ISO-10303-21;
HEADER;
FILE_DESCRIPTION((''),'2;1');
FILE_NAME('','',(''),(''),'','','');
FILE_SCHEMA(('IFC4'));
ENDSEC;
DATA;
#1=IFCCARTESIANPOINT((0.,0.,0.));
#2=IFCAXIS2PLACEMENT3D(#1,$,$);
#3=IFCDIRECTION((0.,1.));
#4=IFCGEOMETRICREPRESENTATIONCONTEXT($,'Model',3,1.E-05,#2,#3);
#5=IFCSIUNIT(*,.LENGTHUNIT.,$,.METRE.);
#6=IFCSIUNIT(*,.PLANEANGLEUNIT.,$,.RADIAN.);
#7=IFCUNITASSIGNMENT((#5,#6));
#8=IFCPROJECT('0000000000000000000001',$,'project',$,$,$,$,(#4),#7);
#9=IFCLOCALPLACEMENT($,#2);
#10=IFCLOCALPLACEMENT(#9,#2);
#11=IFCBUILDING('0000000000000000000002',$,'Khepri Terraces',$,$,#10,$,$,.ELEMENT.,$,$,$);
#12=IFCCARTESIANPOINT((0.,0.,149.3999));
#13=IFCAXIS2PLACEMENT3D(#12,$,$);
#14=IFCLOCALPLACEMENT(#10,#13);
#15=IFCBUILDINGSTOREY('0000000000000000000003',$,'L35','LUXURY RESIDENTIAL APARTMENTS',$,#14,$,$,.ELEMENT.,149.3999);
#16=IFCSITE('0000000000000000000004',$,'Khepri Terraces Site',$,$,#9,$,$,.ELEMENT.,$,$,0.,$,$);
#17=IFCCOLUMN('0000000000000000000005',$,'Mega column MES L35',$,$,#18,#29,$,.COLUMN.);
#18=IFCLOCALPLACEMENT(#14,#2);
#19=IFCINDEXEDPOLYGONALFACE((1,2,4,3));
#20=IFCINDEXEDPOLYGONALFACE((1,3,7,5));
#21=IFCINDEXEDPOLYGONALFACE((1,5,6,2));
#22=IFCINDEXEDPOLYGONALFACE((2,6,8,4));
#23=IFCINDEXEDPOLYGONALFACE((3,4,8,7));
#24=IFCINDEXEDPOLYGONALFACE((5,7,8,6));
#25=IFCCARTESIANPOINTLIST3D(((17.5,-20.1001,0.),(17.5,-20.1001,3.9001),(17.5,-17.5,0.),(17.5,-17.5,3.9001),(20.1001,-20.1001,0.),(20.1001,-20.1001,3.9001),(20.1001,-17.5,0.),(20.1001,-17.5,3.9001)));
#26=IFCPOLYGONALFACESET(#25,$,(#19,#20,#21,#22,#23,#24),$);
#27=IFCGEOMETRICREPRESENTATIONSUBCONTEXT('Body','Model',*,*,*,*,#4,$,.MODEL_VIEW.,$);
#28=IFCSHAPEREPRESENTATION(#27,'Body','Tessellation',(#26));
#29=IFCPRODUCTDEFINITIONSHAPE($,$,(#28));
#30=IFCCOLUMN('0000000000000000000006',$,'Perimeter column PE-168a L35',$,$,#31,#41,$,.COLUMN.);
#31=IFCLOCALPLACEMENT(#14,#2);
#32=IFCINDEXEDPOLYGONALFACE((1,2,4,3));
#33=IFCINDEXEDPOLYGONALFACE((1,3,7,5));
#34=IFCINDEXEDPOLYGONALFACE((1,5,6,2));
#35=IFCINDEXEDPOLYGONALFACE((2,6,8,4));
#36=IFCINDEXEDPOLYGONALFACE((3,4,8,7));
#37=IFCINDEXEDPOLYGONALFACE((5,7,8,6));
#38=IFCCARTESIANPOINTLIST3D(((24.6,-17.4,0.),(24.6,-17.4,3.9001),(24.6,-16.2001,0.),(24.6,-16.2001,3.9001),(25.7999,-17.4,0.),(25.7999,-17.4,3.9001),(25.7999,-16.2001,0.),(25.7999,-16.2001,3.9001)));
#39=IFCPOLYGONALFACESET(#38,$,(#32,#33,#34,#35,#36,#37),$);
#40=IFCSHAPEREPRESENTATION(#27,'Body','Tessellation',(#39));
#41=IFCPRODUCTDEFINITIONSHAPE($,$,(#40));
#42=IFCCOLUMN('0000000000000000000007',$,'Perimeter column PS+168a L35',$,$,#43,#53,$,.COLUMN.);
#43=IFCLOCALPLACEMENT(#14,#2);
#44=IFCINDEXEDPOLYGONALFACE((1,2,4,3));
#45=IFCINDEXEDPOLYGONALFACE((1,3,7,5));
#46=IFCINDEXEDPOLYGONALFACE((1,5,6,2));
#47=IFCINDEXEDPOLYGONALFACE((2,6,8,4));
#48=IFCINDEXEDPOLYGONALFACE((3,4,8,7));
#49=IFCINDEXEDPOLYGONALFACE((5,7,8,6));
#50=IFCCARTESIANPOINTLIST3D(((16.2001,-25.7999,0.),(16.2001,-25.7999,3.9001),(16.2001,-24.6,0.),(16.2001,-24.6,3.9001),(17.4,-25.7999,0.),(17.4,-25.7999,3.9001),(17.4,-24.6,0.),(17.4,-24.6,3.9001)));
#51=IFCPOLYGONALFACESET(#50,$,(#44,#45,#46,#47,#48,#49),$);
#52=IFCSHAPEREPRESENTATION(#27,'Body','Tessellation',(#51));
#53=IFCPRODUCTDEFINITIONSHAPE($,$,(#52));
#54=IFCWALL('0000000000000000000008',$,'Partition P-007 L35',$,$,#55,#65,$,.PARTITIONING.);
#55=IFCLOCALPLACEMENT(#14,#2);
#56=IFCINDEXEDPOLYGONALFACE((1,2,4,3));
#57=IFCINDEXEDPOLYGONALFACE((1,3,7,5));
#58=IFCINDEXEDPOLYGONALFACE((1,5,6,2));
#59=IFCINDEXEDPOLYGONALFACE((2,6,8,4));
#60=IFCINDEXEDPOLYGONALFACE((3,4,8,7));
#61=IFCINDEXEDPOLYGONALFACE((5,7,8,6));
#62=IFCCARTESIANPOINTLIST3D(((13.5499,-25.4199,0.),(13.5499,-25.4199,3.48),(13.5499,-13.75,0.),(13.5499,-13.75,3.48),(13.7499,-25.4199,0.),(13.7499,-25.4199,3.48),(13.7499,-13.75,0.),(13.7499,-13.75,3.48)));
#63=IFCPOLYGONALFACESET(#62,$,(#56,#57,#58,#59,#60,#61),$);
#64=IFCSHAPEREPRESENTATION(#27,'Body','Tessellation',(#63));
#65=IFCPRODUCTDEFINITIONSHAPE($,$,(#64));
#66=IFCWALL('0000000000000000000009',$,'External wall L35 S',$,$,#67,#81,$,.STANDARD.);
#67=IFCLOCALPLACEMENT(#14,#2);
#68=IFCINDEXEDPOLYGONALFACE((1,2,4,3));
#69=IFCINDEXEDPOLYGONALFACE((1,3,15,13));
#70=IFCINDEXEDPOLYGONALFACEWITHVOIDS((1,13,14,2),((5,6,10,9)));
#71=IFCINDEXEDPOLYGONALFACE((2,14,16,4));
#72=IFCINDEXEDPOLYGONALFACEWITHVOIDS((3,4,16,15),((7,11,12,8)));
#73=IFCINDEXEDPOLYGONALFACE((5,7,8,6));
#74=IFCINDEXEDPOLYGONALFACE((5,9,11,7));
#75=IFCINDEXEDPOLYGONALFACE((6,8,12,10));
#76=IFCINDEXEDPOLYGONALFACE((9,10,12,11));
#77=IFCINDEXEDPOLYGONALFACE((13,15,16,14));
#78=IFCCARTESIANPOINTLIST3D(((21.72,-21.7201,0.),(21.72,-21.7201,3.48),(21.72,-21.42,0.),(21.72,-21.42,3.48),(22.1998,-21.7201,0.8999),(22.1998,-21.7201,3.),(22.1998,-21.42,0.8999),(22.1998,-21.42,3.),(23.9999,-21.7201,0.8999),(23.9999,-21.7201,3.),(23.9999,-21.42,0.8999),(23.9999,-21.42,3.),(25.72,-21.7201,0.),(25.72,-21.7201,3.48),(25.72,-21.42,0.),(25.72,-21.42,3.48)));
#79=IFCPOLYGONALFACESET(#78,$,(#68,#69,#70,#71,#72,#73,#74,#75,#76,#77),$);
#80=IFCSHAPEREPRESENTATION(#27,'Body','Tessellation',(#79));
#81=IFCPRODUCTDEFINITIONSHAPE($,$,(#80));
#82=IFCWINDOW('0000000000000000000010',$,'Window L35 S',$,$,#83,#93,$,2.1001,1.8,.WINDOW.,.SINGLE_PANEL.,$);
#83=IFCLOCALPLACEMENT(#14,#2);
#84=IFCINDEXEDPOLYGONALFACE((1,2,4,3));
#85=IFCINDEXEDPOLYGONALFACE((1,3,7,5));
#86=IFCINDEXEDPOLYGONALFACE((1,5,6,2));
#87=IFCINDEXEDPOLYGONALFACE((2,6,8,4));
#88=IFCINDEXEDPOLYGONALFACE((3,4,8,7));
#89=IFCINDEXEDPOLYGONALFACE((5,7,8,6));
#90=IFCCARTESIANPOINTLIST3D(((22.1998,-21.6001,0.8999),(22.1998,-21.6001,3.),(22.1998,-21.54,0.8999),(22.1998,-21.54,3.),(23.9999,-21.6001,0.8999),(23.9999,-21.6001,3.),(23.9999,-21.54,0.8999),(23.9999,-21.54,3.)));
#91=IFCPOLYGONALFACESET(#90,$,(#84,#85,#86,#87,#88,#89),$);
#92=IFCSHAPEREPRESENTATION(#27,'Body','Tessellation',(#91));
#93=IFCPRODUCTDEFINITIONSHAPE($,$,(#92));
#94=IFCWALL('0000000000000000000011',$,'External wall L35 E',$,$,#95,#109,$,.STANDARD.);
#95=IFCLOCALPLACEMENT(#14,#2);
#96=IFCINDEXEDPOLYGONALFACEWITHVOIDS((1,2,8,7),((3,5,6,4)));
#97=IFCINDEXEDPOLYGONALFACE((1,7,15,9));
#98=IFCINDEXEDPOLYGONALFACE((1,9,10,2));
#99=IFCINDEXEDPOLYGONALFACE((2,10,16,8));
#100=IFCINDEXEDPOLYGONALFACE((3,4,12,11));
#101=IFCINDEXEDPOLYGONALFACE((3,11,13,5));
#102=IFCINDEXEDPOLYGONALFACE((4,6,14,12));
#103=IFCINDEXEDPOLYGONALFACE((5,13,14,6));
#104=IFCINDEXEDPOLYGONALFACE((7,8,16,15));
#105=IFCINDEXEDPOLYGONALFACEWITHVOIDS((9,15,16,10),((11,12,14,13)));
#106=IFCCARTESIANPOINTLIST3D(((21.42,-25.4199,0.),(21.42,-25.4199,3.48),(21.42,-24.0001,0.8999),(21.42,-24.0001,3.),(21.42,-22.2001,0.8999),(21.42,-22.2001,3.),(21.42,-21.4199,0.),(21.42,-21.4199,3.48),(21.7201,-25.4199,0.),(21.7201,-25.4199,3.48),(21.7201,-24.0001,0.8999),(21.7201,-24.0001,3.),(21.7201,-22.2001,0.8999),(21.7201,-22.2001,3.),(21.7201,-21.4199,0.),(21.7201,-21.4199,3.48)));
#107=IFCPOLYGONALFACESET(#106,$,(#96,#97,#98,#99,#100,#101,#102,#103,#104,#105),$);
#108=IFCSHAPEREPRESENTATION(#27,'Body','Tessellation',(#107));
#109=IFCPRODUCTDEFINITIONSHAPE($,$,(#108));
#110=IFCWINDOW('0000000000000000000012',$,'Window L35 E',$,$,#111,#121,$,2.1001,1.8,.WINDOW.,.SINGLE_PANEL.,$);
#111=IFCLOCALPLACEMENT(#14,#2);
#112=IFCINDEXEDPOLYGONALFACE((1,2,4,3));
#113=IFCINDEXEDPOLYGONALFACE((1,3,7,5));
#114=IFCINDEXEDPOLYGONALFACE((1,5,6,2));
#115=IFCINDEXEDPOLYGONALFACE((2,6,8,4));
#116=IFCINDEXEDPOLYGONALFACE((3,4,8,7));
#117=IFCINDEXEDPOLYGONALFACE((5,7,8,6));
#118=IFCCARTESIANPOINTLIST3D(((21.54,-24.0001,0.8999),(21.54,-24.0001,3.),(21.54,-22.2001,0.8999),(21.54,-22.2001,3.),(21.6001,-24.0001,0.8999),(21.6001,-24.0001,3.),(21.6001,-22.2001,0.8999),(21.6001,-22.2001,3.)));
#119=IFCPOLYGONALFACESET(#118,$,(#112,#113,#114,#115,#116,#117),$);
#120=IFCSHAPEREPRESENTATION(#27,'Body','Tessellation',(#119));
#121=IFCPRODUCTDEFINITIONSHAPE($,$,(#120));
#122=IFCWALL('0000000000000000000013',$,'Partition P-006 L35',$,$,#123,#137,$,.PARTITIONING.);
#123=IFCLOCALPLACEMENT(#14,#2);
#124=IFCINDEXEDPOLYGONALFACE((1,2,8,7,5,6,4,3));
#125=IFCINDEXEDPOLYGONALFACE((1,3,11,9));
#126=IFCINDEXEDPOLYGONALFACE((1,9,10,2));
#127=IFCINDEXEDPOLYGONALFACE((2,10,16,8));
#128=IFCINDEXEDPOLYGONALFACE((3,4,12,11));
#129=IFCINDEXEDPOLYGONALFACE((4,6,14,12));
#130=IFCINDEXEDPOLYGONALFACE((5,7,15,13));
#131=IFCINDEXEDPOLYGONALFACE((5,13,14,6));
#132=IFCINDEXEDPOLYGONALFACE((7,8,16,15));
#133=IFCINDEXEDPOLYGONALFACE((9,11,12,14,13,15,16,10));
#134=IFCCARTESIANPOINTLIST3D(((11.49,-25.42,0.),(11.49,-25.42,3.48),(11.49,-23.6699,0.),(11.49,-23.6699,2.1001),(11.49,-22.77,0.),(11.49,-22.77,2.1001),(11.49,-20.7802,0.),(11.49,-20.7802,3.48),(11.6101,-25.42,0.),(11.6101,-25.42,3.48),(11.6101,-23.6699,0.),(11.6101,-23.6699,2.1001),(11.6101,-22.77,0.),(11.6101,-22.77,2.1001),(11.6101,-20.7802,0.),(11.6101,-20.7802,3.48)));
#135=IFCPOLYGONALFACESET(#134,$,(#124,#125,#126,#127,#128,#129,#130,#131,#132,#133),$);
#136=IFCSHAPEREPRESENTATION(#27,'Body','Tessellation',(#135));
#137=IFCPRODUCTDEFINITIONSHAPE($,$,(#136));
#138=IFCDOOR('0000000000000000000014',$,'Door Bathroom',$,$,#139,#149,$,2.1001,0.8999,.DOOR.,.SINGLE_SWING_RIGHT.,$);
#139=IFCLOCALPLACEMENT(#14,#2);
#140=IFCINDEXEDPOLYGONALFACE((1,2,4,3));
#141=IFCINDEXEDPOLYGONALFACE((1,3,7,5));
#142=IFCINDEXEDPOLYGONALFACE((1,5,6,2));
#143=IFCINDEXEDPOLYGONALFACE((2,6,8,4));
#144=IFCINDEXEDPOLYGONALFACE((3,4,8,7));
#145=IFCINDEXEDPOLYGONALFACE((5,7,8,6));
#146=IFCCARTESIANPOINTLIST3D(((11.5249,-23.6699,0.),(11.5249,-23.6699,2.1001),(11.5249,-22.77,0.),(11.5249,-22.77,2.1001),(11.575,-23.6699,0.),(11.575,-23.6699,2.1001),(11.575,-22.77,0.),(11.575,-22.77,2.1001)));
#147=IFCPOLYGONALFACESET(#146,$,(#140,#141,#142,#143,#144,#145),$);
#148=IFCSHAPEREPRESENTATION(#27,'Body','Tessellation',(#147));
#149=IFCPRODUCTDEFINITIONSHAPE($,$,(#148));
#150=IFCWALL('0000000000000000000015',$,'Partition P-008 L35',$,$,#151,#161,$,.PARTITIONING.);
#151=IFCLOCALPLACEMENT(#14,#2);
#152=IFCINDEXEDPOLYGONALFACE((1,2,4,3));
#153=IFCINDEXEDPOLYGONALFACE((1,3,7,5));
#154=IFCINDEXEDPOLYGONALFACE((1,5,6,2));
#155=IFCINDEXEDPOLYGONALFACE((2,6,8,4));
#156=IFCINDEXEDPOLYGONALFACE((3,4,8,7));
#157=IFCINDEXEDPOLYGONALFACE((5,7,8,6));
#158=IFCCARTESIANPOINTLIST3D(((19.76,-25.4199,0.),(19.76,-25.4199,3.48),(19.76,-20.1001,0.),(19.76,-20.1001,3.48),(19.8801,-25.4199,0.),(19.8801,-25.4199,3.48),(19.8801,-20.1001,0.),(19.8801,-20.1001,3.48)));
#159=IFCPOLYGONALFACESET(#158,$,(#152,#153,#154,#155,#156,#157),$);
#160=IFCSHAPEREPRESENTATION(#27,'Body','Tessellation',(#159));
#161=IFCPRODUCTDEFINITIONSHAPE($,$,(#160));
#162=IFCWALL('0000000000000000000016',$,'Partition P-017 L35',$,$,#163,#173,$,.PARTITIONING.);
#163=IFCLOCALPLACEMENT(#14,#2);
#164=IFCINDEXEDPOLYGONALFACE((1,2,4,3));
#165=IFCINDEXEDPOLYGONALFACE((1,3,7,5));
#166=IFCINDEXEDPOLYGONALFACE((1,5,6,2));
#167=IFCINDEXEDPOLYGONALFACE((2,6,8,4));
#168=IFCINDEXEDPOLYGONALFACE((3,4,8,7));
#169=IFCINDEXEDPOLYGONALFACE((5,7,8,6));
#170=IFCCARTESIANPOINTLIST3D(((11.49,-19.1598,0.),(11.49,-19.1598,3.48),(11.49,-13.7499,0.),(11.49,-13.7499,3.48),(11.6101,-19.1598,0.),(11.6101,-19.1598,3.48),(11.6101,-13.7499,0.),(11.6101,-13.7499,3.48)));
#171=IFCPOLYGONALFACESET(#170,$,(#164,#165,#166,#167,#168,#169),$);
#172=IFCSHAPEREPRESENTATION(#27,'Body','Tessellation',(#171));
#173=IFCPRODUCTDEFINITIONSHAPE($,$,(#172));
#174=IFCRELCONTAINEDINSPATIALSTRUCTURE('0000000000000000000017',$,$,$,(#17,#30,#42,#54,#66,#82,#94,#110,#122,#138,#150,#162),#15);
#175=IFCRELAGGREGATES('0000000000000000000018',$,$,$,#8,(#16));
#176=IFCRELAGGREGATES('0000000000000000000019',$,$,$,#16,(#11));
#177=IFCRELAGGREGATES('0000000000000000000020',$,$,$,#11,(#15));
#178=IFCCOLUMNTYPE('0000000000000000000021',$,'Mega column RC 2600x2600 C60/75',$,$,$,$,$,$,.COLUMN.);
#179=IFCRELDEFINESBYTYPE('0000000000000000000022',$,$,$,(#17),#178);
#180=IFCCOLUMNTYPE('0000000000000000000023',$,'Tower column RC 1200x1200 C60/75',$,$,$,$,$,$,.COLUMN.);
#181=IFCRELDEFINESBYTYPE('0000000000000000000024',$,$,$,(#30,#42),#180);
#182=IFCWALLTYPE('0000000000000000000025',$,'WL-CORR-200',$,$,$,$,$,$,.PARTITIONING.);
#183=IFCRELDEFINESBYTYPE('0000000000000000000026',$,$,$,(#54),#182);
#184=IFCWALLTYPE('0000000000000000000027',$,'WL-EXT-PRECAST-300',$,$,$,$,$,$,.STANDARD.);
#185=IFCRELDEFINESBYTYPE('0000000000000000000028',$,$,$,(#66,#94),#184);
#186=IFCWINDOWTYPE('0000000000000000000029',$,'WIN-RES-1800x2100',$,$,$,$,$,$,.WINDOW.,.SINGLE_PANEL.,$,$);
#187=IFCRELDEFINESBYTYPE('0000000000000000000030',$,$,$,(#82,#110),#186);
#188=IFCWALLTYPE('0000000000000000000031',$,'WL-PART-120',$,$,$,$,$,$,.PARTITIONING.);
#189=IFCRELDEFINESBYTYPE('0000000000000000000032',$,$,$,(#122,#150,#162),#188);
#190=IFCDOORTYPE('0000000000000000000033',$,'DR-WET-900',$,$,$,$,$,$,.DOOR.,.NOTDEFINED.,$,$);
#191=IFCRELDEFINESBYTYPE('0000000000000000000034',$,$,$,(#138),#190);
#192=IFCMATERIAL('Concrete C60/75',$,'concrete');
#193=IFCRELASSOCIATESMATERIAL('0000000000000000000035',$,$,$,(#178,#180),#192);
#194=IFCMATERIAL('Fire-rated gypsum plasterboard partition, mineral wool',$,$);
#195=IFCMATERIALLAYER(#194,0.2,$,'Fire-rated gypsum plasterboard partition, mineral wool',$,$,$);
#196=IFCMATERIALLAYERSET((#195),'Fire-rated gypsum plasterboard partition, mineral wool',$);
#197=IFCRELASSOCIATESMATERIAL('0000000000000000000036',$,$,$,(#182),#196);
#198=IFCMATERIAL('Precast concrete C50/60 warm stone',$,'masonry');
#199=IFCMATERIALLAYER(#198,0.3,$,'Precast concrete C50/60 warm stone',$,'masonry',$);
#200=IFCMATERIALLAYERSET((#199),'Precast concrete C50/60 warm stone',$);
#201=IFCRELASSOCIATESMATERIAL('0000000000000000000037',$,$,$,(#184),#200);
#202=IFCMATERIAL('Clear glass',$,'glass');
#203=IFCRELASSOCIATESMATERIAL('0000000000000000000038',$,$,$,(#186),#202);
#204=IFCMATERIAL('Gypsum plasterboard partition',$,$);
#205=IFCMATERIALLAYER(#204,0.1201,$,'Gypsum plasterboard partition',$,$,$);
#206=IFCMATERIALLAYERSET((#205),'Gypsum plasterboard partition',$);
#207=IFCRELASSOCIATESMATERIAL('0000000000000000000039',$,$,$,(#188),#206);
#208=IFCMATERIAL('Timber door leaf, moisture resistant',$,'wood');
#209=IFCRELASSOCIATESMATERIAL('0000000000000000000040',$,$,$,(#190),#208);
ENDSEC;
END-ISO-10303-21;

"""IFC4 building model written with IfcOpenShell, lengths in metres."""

from ifc_helpers import new_model, si_unit, direction, frame, frame_2d, origin, origin_2d, place, context, subcontext, project, spatial, rectangle, extrude, material, layer, layer_set, material_profile, profile_set, type_object, element, fill, save


model = new_model("IFC4")

# Units and contexts
model_context = context("Model", 3, precision=1e-05, world=origin(), true_north=direction((0.0, 1.0)))
body_context = subcontext(model_context, "Body", "Model", "MODEL_VIEW")
ifc_project = project(units=[si_unit("LENGTHUNIT", "METRE"), si_unit("PLANEANGLEUNIT", "RADIAN")], contexts=[model_context])

# Site, building, storey
site_placement = place(None, origin())
site = spatial("IfcSite", under=ifc_project, at=site_placement, Name="Khepri Terraces Site", CompositionType="ELEMENT", RefElevation=0.0)
building_placement = place(site_placement, origin())
building = spatial("IfcBuilding", under=site, at=building_placement, Name="Khepri Terraces", CompositionType="ELEMENT")
storey_placement = place(building_placement, frame((0.0, 0.0, 149.3999)))
storey = spatial("IfcBuildingStorey", under=building, at=storey_placement, Name="L35", Description="LUXURY RESIDENTIAL APARTMENTS", CompositionType="ELEMENT", Elevation=149.3999)

# Columns
ifc_material_1 = material(Name="Concrete C60/75", Category="concrete")
ifc_material_profile_1 = material_profile(ifc_material_1, rectangle(XDim=2.6001, YDim=2.6001, at=origin_2d()), Name="Concrete C60/75", Category="concrete")
ifc_profile_set_1 = profile_set([ifc_material_profile_1], Name="Concrete C60/75")
column_type_1 = type_object("IfcColumnType", Name="Mega column RC 2600x2600 C60/75", PredefinedType="COLUMN", material=ifc_profile_set_1)
column_placement = place(storey_placement, frame((18.8, -18.8, 0.0), z_axis=(0.0, 0.0, 1.0), x_axis=(1.0, 0.0, 0.0)))
element("IfcColumn", 1, at=column_placement, inside=storey, type_object=column_type_1, Name="Mega column MES L35", PredefinedType="COLUMN", context=body_context, shape_type="SweptSolid", body=[
    extrude(rectangle(XDim=2.6001, YDim=2.6001, at=origin_2d()), origin(), (0.0, 0.0, 1.0), 3.9001),
])
ifc_material_profile_2 = material_profile(ifc_material_1, rectangle(XDim=1.2, YDim=1.2, at=origin_2d()), Name="Concrete C60/75", Category="concrete")
ifc_profile_set_2 = profile_set([ifc_material_profile_2], Name="Concrete C60/75")
column_type_2 = type_object("IfcColumnType", Name="Tower column RC 1200x1200 C60/75", PredefinedType="COLUMN", material=ifc_profile_set_2)
for number, where, z_axis, x_axis, name in (
    (2, (25.2, -16.8, 0.0), (0.0, 0.0, 1.0), (1.0, 0.0, 0.0), "Perimeter column PE-168a L35"),
    (3, (16.8, -25.2, 0.0), (0.0, 0.0, 1.0), (1.0, 0.0, 0.0), "Perimeter column PS+168a L35"),
):
    element("IfcColumn", number, at=place(storey_placement, frame(where, z_axis=z_axis, x_axis=x_axis)), inside=storey, type_object=column_type_2, Name=name, PredefinedType="COLUMN", context=body_context, shape_type="SweptSolid", body=[
        extrude(rectangle(XDim=1.2, YDim=1.2, at=origin_2d()), origin(), (0.0, 0.0, 1.0), 3.9001),
    ])

# Wall
ifc_material_2 = material(Name="Fire-rated gypsum plasterboard partition, mineral wool")
ifc_layer_1 = layer(ifc_material_2, 0.2, Name="Fire-rated gypsum plasterboard partition, mineral wool")
ifc_layer_set_1 = layer_set([ifc_layer_1], Name="Fire-rated gypsum plasterboard partition, mineral wool")
wall_type_1 = type_object("IfcWallType", Name="WL-CORR-200", PredefinedType="PARTITIONING", material=ifc_layer_set_1)
wall_1_placement = place(storey_placement, frame((13.6499, -25.4199, 0.0), z_axis=(0.0, 0.0, 1.0), x_axis=(0.0, 1.0, 0.0)))
element("IfcWall", 4, at=wall_1_placement, inside=storey, type_object=wall_type_1, Name="Partition P-007 L35", PredefinedType="PARTITIONING", context=body_context, shape_type="SweptSolid", body=[
    extrude(rectangle(XDim=11.6699, YDim=0.2, at=frame_2d((5.835, 0.0))), origin(), (0.0, 0.0, 1.0), 3.48),
])

# Wall, opening, window
ifc_material_3 = material(Name="Precast concrete C50/60 warm stone", Category="masonry")
ifc_layer_2 = layer(ifc_material_3, 0.3, Name="Precast concrete C50/60 warm stone", Category="masonry")
ifc_layer_set_2 = layer_set([ifc_layer_2], Name="Precast concrete C50/60 warm stone")
wall_type_2 = type_object("IfcWallType", Name="WL-EXT-PRECAST-300", PredefinedType="STANDARD", material=ifc_layer_set_2)
wall_2_placement = place(storey_placement, frame((21.72, -21.5701, 0.0), z_axis=(0.0, 0.0, 1.0), x_axis=(1.0, 0.0, 0.0)))
wall_2 = element("IfcWall", 5, at=wall_2_placement, inside=storey, type_object=wall_type_2, Name="External wall L35 S", PredefinedType="STANDARD", context=body_context, shape_type="SweptSolid", body=[
    extrude(rectangle(XDim=4.0, YDim=0.3, at=frame_2d((2.0, 0.0))), origin(), (0.0, 0.0, 1.0), 3.48),
])
opening_1_placement = place(wall_2_placement, frame((0.48, 0.0, 0.8999)))
opening_1 = element("IfcOpeningElement", 6, at=opening_1_placement, cuts=wall_2, PredefinedType="OPENING", context=body_context, shape_type="SweptSolid", body=[
    extrude(rectangle(XDim=1.8, YDim=2.1001, at=frame_2d((0.8999, 1.05))), frame((0.0, 0.1602, 0.0), z_axis=(0.0, -1.0, 0.0), x_axis=(1.0, 0.0, 0.0)), (0.0, 0.0, 1.0), 0.3201),
])
ifc_material_4 = material(Name="Clear glass", Category="glass")
window_type = type_object("IfcWindowType", Name="WIN-RES-1800x2100", PartitioningType="SINGLE_PANEL", PredefinedType="WINDOW", material=ifc_material_4)
window_1_placement = place(opening_1_placement, origin())
window_1 = element("IfcWindow", 7, at=window_1_placement, inside=storey, type_object=window_type, Name="Window L35 S", OverallHeight=2.1001, OverallWidth=1.8, PartitioningType="SINGLE_PANEL", PredefinedType="WINDOW", context=body_context, shape_type="SweptSolid", body=[
    extrude(rectangle(XDim=1.8, YDim=2.1001, at=frame_2d((0.8999, 1.05))), frame((0.0, 0.03, 0.0), z_axis=(0.0, -1.0, 0.0), x_axis=(1.0, 0.0, 0.0)), (0.0, 0.0, 1.0), 0.0601),
])
fill(opening_1, window_1)

# Wall, opening, window
wall_3_placement = place(storey_placement, frame((21.5701, -25.4199, 0.0), z_axis=(0.0, 0.0, 1.0), x_axis=(0.0, 1.0, 0.0)))
wall_3 = element("IfcWall", 8, at=wall_3_placement, inside=storey, type_object=wall_type_2, Name="External wall L35 E", PredefinedType="STANDARD", context=body_context, shape_type="SweptSolid", body=[
    extrude(rectangle(XDim=4.0, YDim=0.3, at=frame_2d((2.0, 0.0))), origin(), (0.0, 0.0, 1.0), 3.48),
])
opening_2_placement = place(wall_3_placement, frame((1.4199, 0.0, 0.8999)))
opening_2 = element("IfcOpeningElement", 9, at=opening_2_placement, cuts=wall_3, PredefinedType="OPENING", context=body_context, shape_type="SweptSolid", body=[
    extrude(rectangle(XDim=1.8, YDim=2.1001, at=frame_2d((0.8999, 1.05))), frame((0.0, 0.1602, 0.0), z_axis=(0.0, -1.0, 0.0), x_axis=(1.0, 0.0, 0.0)), (0.0, 0.0, 1.0), 0.3201),
])
window_2_placement = place(opening_2_placement, origin())
window_2 = element("IfcWindow", 10, at=window_2_placement, inside=storey, type_object=window_type, Name="Window L35 E", OverallHeight=2.1001, OverallWidth=1.8, PartitioningType="SINGLE_PANEL", PredefinedType="WINDOW", context=body_context, shape_type="SweptSolid", body=[
    extrude(rectangle(XDim=1.8, YDim=2.1001, at=frame_2d((0.8999, 1.05))), frame((0.0, 0.03, 0.0), z_axis=(0.0, -1.0, 0.0), x_axis=(1.0, 0.0, 0.0)), (0.0, 0.0, 1.0), 0.0601),
])
fill(opening_2, window_2)

# Wall, opening, door
ifc_material_5 = material(Name="Gypsum plasterboard partition")
ifc_layer_3 = layer(ifc_material_5, 0.1201, Name="Gypsum plasterboard partition")
ifc_layer_set_3 = layer_set([ifc_layer_3], Name="Gypsum plasterboard partition")
wall_type_3 = type_object("IfcWallType", Name="WL-PART-120", PredefinedType="PARTITIONING", material=ifc_layer_set_3)
wall_4_placement = place(storey_placement, frame((11.55, -25.4199, 0.0), z_axis=(0.0, 0.0, 1.0), x_axis=(0.0, 1.0, 0.0)))
wall_4 = element("IfcWall", 11, at=wall_4_placement, inside=storey, type_object=wall_type_3, Name="Partition P-006 L35", PredefinedType="PARTITIONING", context=body_context, shape_type="SweptSolid", body=[
    extrude(rectangle(XDim=4.6399, YDim=0.1201, at=frame_2d((2.3198, 0.0))), origin(), (0.0, 0.0, 1.0), 3.48),
])
opening_3_placement = place(wall_4_placement, frame((1.75, 0.0, 0.0)))
opening_3 = element("IfcOpeningElement", 12, at=opening_3_placement, cuts=wall_4, PredefinedType="OPENING", context=body_context, shape_type="SweptSolid", body=[
    extrude(rectangle(XDim=0.8999, YDim=2.1001, at=frame_2d((0.45, 1.05))), frame((0.0, 0.0701, 0.0), z_axis=(0.0, -1.0, 0.0), x_axis=(1.0, 0.0, 0.0)), (0.0, 0.0, 1.0), 0.1401),
])
ifc_material_6 = material(Name="Timber door leaf, moisture resistant", Category="wood")
door_type_1 = type_object("IfcDoorType", Name="DR-WET-900", OperationType="NOTDEFINED", PredefinedType="DOOR", material=ifc_material_6)
door_1_placement = place(opening_3_placement, frame((0.8999, 0.0, 0.0), z_axis=(0.0, 0.0, 1.0), x_axis=(-1.0, 0.0, 0.0)))
door_1 = element("IfcDoor", 13, at=door_1_placement, inside=storey, type_object=door_type_1, Name="Door Bathroom", OperationType="SINGLE_SWING_RIGHT", OverallHeight=2.1001, OverallWidth=0.8999, PredefinedType="DOOR", context=body_context, shape_type="SweptSolid", body=[
    extrude(rectangle(XDim=0.8999, YDim=2.1001, at=frame_2d((0.45, 1.05))), frame((0.0, 0.0249, 0.0), z_axis=(0.0, -1.0, 0.0), x_axis=(1.0, 0.0, 0.0)), (0.0, 0.0, 1.0), 0.05),
])
fill(opening_3, door_1)

# Walls
wall_5_placement = place(storey_placement, frame((19.8201, -25.4199, 0.0), z_axis=(0.0, 0.0, 1.0), x_axis=(0.0, 1.0, 0.0)))
element("IfcWall", 14, at=wall_5_placement, inside=storey, type_object=wall_type_3, Name="Partition P-008 L35", PredefinedType="PARTITIONING", context=body_context, shape_type="SweptSolid", body=[
    extrude(rectangle(XDim=5.3198, YDim=0.1201, at=frame_2d((2.6599, 0.0))), origin(), (0.0, 0.0, 1.0), 3.48),
])
wall_6_placement = place(storey_placement, frame((11.55, -19.1599, 0.0), z_axis=(0.0, 0.0, 1.0), x_axis=(0.0, 1.0, 0.0)))
element("IfcWall", 15, at=wall_6_placement, inside=storey, type_object=wall_type_3, Name="Partition P-017 L35", PredefinedType="PARTITIONING", context=body_context, shape_type="SweptSolid", body=[
    extrude(rectangle(XDim=5.4099, YDim=0.1201, at=frame_2d((2.7051, 0.0))), origin(), (0.0, 0.0, 1.0), 3.48),
])

save(model, "model.ifc")
